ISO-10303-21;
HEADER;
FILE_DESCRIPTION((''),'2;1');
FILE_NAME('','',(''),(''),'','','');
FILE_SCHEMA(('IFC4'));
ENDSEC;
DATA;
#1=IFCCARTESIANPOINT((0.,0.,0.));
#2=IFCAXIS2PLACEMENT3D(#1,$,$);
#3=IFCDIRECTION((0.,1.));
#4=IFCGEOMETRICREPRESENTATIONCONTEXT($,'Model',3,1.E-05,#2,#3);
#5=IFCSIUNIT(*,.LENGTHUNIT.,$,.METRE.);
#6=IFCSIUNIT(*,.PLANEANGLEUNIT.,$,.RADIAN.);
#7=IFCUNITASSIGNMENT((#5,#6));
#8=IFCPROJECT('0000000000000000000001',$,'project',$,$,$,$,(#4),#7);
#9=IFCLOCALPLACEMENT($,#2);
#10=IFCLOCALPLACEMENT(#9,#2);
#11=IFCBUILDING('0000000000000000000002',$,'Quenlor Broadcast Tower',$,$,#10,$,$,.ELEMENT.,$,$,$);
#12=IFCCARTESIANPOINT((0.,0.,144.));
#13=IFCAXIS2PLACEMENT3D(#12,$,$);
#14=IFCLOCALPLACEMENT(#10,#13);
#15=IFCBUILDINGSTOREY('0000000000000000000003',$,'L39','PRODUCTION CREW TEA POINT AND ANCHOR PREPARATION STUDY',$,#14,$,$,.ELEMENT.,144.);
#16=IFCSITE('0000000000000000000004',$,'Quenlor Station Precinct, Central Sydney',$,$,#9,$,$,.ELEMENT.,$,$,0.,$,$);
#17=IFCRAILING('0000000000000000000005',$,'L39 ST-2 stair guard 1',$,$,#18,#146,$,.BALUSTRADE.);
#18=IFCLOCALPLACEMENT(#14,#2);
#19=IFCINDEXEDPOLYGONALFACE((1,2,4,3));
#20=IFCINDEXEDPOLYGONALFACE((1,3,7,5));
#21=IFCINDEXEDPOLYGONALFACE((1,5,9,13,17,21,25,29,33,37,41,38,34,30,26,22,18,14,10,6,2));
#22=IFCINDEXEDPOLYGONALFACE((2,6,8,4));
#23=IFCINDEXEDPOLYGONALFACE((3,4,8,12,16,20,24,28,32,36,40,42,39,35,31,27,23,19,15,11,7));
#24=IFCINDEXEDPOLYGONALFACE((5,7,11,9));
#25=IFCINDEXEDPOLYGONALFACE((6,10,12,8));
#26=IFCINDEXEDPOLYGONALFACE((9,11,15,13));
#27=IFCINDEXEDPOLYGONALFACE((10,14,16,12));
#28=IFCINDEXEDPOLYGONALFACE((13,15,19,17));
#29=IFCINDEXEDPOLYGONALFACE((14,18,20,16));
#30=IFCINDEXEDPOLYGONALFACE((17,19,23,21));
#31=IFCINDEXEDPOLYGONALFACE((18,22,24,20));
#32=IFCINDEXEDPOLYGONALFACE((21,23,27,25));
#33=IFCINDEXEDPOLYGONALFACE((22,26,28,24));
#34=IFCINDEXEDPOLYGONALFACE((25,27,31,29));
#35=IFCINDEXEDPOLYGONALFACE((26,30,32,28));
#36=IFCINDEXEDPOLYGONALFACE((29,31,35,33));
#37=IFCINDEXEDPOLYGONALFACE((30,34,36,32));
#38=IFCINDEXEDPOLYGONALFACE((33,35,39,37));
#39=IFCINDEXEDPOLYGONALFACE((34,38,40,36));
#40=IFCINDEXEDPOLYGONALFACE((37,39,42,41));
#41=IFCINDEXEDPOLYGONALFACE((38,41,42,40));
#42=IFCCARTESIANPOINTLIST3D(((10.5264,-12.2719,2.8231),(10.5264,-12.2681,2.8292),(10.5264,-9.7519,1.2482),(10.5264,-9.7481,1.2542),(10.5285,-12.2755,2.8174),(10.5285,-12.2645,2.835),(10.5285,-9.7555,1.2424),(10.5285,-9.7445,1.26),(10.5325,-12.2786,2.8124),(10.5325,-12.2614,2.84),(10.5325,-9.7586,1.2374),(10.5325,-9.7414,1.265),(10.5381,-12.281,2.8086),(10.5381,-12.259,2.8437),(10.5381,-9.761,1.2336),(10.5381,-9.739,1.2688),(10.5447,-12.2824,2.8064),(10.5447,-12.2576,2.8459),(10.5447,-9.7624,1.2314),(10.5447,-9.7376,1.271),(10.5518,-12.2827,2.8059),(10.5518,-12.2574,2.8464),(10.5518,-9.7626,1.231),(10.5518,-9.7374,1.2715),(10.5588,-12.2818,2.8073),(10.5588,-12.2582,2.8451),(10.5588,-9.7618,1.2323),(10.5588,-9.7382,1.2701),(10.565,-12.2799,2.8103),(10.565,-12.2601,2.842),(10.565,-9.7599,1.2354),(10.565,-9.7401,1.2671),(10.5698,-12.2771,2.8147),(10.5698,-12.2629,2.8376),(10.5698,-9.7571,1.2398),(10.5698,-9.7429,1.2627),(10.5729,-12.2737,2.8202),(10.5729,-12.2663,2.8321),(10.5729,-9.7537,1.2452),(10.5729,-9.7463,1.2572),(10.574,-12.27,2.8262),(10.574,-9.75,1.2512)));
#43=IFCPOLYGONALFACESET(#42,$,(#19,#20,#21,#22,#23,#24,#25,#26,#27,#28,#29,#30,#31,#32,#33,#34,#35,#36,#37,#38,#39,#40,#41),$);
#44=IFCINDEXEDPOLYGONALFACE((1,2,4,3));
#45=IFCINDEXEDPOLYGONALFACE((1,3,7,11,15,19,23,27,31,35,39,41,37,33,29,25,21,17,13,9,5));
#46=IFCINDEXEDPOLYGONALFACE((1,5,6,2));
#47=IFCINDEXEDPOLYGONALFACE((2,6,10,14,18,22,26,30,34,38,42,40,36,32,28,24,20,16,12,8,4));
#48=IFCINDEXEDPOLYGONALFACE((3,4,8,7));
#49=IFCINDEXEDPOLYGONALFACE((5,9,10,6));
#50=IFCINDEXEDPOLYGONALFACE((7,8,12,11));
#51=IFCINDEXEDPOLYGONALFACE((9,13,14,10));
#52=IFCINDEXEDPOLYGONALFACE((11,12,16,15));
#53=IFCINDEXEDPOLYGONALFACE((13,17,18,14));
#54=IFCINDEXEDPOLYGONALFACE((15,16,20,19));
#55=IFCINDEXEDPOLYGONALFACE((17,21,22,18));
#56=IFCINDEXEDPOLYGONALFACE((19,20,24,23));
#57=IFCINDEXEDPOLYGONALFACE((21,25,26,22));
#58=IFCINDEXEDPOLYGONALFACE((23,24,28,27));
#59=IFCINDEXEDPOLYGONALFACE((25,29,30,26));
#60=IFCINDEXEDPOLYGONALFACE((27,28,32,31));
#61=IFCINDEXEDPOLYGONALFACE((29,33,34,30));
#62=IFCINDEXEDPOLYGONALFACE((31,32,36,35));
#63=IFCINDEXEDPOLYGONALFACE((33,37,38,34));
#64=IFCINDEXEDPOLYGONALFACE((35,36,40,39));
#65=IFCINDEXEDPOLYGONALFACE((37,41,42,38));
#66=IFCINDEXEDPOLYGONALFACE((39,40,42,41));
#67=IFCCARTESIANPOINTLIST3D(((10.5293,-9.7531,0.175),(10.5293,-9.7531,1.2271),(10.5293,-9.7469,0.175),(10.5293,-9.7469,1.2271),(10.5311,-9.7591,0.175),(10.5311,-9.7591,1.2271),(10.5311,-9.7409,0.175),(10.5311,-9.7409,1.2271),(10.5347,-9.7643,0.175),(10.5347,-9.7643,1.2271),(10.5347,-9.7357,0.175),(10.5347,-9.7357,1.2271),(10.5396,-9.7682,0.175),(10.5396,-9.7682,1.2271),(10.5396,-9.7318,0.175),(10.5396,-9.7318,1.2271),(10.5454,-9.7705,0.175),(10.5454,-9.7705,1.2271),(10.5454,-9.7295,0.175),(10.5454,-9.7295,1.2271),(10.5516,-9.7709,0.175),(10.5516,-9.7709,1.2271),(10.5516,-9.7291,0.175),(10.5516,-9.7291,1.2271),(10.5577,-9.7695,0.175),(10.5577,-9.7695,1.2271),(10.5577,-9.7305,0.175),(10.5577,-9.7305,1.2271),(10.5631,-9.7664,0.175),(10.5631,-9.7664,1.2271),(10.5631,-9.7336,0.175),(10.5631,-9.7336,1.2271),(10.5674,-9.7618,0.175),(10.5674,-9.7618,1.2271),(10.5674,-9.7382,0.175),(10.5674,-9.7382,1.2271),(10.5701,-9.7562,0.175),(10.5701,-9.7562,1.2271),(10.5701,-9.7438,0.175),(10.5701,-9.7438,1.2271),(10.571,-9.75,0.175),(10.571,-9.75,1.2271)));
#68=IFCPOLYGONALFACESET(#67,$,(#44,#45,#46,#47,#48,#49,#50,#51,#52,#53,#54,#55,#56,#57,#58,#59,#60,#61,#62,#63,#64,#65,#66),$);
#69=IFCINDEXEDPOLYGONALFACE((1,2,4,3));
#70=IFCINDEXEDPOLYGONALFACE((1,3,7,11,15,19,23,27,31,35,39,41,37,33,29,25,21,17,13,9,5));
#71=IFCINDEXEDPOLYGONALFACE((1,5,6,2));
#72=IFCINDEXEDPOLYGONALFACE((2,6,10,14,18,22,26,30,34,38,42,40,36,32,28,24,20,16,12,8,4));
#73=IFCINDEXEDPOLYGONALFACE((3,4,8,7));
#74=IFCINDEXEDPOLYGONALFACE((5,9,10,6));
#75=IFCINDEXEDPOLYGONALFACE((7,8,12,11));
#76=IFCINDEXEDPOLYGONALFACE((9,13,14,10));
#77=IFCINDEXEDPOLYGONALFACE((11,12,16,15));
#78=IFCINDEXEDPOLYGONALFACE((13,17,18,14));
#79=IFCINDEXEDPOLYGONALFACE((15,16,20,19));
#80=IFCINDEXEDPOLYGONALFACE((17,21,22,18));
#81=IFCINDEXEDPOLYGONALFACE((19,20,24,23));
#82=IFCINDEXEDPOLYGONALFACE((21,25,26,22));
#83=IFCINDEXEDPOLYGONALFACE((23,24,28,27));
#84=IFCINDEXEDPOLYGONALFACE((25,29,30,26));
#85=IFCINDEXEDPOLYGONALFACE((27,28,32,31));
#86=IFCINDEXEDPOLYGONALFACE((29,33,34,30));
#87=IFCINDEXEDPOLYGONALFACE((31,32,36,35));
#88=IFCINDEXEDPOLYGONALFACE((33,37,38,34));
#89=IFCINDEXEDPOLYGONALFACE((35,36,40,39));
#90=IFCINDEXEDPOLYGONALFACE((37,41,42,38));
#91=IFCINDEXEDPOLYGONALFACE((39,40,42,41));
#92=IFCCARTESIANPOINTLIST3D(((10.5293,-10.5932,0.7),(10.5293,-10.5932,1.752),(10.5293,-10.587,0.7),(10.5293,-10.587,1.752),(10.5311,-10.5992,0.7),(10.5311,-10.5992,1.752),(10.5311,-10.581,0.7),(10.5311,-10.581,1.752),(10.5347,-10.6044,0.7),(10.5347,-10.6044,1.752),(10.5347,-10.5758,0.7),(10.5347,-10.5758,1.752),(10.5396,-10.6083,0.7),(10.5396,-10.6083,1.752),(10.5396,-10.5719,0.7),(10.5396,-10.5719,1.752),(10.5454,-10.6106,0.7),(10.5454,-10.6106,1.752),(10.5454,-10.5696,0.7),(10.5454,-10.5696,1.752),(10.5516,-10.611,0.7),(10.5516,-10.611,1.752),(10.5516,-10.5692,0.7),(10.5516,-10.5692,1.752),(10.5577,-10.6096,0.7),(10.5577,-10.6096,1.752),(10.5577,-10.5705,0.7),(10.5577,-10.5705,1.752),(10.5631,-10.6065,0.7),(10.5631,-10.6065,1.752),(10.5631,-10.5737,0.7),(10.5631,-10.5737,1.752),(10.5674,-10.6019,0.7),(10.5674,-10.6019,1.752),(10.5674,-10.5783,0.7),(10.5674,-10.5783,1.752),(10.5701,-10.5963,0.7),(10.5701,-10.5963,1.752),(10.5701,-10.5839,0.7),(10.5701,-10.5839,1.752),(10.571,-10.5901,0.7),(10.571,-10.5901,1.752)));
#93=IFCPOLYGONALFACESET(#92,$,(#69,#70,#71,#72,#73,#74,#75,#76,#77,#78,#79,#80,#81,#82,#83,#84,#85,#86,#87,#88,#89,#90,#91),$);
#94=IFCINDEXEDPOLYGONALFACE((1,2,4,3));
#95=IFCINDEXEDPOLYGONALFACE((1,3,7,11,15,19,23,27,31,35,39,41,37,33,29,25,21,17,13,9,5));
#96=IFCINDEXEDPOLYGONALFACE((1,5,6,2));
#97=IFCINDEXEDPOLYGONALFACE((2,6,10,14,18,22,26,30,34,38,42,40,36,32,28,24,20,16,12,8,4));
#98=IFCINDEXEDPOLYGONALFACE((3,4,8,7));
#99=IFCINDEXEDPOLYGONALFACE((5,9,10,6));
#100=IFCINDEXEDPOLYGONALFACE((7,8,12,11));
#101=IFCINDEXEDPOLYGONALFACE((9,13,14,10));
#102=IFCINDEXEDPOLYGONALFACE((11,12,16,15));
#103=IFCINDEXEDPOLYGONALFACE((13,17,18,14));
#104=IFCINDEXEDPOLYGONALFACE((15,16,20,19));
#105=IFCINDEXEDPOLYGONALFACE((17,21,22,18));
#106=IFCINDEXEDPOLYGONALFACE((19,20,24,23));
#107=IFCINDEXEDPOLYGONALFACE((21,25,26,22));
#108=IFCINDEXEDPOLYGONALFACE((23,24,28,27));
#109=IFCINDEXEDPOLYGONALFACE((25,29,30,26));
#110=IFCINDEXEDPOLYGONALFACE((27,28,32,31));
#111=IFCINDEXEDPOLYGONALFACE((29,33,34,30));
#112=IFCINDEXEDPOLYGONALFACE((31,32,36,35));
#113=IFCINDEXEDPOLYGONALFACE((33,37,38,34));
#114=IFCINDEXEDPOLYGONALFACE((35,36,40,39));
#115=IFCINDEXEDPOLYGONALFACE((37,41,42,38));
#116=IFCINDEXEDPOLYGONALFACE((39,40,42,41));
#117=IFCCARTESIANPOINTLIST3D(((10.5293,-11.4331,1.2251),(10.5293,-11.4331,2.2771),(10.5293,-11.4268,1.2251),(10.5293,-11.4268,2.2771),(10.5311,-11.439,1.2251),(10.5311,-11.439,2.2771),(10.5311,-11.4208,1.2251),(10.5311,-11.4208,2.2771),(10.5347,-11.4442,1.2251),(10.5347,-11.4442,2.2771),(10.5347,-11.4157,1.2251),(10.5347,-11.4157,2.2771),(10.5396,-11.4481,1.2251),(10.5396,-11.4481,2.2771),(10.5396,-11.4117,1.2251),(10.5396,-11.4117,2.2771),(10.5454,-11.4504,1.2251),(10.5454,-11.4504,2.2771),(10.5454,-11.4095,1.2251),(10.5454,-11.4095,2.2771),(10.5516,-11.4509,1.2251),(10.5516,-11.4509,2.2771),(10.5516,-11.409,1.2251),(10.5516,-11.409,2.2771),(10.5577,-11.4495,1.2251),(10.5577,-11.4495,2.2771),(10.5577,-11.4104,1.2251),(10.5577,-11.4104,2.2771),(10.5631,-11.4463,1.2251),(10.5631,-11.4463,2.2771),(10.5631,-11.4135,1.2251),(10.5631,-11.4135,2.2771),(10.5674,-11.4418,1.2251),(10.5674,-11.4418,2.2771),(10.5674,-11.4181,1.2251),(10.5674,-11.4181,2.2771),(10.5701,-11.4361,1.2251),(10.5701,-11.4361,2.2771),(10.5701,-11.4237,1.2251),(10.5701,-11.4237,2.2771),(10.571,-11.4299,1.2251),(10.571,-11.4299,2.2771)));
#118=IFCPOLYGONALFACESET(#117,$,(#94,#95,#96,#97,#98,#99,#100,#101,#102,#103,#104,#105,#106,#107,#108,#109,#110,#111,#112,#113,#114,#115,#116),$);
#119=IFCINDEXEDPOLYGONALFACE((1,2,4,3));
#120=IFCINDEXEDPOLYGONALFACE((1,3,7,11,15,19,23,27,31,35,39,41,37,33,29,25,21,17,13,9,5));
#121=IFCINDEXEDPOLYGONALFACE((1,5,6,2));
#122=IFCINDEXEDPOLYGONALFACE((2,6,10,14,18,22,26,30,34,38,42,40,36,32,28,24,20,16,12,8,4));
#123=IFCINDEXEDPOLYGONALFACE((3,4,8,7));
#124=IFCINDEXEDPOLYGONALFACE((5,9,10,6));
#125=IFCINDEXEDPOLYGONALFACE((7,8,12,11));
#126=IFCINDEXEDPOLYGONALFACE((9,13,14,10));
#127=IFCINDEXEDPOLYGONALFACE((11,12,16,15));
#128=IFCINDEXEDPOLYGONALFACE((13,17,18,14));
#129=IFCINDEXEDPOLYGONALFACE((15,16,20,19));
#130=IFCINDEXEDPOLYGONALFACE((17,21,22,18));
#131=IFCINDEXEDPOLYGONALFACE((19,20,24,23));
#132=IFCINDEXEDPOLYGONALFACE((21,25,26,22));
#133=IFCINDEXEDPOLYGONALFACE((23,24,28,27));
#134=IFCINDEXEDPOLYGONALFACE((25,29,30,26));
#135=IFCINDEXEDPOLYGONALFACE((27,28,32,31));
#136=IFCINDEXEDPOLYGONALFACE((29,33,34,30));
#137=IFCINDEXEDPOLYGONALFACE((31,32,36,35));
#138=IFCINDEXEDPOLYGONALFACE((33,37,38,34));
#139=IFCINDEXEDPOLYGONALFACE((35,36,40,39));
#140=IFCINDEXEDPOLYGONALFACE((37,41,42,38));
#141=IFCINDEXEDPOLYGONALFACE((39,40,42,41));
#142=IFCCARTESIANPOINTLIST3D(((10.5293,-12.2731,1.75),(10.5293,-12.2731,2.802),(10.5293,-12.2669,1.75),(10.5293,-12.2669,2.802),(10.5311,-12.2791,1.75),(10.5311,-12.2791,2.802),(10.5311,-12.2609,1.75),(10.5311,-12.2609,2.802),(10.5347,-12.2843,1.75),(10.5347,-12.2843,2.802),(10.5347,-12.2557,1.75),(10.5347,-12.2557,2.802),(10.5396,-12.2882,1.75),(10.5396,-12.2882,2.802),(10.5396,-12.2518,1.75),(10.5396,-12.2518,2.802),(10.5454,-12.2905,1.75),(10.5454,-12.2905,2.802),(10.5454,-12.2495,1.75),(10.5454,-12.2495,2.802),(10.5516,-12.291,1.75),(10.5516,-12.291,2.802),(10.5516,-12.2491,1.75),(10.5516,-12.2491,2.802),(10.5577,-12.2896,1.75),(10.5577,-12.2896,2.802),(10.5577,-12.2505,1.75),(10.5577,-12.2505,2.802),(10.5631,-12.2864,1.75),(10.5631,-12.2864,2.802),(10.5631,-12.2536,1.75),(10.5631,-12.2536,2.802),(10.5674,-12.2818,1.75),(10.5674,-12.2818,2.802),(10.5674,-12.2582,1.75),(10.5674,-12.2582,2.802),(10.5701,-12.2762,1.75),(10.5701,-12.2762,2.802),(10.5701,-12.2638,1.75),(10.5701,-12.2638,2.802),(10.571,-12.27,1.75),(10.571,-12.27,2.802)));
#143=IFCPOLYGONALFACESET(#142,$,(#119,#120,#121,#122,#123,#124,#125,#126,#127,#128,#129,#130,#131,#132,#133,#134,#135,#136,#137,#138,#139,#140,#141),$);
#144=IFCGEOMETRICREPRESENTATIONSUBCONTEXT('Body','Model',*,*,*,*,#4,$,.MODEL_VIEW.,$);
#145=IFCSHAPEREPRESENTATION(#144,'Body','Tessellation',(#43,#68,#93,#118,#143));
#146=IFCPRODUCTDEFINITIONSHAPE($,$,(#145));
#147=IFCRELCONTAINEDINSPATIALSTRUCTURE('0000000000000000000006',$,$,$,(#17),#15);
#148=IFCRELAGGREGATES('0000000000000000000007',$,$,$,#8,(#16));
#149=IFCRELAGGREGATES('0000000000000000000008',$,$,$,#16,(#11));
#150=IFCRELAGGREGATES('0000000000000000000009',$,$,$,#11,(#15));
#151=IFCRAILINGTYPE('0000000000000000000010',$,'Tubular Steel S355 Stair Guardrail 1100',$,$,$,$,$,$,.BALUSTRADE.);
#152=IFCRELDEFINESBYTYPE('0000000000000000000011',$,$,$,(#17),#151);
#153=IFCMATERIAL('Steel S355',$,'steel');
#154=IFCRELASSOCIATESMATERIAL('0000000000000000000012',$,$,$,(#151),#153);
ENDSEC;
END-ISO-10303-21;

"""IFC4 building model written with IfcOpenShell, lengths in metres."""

from ifc_helpers import new_model, si_unit, direction, frame, origin, origin_2d, place, context, subcontext, project, spatial, circle, extrude, material, type_object, element, save


model = new_model("IFC4")

# Units and contexts
model_context = context("Model", 3, precision=1e-05, world=origin(), true_north=direction((0.0, 1.0)))
body_context = subcontext(model_context, "Body", "Model", "MODEL_VIEW")
ifc_project = project(units=[si_unit("LENGTHUNIT", "METRE"), si_unit("PLANEANGLEUNIT", "RADIAN")], contexts=[model_context])

# Site, building, storey
site_placement = place(None, origin())
site = spatial("IfcSite", under=ifc_project, at=site_placement, Name="Quenlor Station Precinct, Central Sydney", CompositionType="ELEMENT", RefElevation=0.0)
building_placement = place(site_placement, origin())
building = spatial("IfcBuilding", under=site, at=building_placement, Name="Quenlor Broadcast Tower", CompositionType="ELEMENT")
storey_placement = place(building_placement, frame((0.0, 0.0, 144.0)))
storey = spatial("IfcBuildingStorey", under=building, at=storey_placement, Name="L39", Description="PRODUCTION CREW TEA POINT AND ANCHOR PREPARATION STUDY", CompositionType="ELEMENT", Elevation=144.0)

# Railing
ifc_material_1 = material(Name="Steel S355", Category="steel")
railing_type_1 = type_object("IfcRailingType", Name="Tubular Steel S355 Stair Guardrail 1100", PredefinedType="BALUSTRADE", material=ifc_material_1)
railing_1_placement = place(storey_placement, frame((10.55, -9.75, 0.175)))
element("IfcRailing", 1, at=railing_1_placement, inside=storey, type_object=railing_type_1, Name="L39 ST-2 stair guard 1", PredefinedType="BALUSTRADE", context=body_context, shape_type="SweptSolid", body=[
    extrude(circle(Radius=0.0239, at=origin_2d()), frame((0.0, 0.0, 1.0762), z_axis=(0.0, -0.848008, 0.529984), x_axis=(1.0, 0.0, 0.0)), (0.0, 0.0, 1.0), 2.9717),
    extrude(circle(Radius=0.021, at=origin_2d()), origin(), (0.0, 0.0, 1.0), 1.052),
    extrude(circle(Radius=0.021, at=origin_2d()), frame((0.0, -0.8401, 0.5249)), (0.0, 0.0, 1.0), 1.052),
    extrude(circle(Radius=0.021, at=origin_2d()), frame((0.0, -1.6799, 1.05)), (0.0, 0.0, 1.0), 1.052),
    extrude(circle(Radius=0.021, at=origin_2d()), frame((0.0, -2.52, 1.575)), (0.0, 0.0, 1.0), 1.052),
])

save(model, "model.ifc")
